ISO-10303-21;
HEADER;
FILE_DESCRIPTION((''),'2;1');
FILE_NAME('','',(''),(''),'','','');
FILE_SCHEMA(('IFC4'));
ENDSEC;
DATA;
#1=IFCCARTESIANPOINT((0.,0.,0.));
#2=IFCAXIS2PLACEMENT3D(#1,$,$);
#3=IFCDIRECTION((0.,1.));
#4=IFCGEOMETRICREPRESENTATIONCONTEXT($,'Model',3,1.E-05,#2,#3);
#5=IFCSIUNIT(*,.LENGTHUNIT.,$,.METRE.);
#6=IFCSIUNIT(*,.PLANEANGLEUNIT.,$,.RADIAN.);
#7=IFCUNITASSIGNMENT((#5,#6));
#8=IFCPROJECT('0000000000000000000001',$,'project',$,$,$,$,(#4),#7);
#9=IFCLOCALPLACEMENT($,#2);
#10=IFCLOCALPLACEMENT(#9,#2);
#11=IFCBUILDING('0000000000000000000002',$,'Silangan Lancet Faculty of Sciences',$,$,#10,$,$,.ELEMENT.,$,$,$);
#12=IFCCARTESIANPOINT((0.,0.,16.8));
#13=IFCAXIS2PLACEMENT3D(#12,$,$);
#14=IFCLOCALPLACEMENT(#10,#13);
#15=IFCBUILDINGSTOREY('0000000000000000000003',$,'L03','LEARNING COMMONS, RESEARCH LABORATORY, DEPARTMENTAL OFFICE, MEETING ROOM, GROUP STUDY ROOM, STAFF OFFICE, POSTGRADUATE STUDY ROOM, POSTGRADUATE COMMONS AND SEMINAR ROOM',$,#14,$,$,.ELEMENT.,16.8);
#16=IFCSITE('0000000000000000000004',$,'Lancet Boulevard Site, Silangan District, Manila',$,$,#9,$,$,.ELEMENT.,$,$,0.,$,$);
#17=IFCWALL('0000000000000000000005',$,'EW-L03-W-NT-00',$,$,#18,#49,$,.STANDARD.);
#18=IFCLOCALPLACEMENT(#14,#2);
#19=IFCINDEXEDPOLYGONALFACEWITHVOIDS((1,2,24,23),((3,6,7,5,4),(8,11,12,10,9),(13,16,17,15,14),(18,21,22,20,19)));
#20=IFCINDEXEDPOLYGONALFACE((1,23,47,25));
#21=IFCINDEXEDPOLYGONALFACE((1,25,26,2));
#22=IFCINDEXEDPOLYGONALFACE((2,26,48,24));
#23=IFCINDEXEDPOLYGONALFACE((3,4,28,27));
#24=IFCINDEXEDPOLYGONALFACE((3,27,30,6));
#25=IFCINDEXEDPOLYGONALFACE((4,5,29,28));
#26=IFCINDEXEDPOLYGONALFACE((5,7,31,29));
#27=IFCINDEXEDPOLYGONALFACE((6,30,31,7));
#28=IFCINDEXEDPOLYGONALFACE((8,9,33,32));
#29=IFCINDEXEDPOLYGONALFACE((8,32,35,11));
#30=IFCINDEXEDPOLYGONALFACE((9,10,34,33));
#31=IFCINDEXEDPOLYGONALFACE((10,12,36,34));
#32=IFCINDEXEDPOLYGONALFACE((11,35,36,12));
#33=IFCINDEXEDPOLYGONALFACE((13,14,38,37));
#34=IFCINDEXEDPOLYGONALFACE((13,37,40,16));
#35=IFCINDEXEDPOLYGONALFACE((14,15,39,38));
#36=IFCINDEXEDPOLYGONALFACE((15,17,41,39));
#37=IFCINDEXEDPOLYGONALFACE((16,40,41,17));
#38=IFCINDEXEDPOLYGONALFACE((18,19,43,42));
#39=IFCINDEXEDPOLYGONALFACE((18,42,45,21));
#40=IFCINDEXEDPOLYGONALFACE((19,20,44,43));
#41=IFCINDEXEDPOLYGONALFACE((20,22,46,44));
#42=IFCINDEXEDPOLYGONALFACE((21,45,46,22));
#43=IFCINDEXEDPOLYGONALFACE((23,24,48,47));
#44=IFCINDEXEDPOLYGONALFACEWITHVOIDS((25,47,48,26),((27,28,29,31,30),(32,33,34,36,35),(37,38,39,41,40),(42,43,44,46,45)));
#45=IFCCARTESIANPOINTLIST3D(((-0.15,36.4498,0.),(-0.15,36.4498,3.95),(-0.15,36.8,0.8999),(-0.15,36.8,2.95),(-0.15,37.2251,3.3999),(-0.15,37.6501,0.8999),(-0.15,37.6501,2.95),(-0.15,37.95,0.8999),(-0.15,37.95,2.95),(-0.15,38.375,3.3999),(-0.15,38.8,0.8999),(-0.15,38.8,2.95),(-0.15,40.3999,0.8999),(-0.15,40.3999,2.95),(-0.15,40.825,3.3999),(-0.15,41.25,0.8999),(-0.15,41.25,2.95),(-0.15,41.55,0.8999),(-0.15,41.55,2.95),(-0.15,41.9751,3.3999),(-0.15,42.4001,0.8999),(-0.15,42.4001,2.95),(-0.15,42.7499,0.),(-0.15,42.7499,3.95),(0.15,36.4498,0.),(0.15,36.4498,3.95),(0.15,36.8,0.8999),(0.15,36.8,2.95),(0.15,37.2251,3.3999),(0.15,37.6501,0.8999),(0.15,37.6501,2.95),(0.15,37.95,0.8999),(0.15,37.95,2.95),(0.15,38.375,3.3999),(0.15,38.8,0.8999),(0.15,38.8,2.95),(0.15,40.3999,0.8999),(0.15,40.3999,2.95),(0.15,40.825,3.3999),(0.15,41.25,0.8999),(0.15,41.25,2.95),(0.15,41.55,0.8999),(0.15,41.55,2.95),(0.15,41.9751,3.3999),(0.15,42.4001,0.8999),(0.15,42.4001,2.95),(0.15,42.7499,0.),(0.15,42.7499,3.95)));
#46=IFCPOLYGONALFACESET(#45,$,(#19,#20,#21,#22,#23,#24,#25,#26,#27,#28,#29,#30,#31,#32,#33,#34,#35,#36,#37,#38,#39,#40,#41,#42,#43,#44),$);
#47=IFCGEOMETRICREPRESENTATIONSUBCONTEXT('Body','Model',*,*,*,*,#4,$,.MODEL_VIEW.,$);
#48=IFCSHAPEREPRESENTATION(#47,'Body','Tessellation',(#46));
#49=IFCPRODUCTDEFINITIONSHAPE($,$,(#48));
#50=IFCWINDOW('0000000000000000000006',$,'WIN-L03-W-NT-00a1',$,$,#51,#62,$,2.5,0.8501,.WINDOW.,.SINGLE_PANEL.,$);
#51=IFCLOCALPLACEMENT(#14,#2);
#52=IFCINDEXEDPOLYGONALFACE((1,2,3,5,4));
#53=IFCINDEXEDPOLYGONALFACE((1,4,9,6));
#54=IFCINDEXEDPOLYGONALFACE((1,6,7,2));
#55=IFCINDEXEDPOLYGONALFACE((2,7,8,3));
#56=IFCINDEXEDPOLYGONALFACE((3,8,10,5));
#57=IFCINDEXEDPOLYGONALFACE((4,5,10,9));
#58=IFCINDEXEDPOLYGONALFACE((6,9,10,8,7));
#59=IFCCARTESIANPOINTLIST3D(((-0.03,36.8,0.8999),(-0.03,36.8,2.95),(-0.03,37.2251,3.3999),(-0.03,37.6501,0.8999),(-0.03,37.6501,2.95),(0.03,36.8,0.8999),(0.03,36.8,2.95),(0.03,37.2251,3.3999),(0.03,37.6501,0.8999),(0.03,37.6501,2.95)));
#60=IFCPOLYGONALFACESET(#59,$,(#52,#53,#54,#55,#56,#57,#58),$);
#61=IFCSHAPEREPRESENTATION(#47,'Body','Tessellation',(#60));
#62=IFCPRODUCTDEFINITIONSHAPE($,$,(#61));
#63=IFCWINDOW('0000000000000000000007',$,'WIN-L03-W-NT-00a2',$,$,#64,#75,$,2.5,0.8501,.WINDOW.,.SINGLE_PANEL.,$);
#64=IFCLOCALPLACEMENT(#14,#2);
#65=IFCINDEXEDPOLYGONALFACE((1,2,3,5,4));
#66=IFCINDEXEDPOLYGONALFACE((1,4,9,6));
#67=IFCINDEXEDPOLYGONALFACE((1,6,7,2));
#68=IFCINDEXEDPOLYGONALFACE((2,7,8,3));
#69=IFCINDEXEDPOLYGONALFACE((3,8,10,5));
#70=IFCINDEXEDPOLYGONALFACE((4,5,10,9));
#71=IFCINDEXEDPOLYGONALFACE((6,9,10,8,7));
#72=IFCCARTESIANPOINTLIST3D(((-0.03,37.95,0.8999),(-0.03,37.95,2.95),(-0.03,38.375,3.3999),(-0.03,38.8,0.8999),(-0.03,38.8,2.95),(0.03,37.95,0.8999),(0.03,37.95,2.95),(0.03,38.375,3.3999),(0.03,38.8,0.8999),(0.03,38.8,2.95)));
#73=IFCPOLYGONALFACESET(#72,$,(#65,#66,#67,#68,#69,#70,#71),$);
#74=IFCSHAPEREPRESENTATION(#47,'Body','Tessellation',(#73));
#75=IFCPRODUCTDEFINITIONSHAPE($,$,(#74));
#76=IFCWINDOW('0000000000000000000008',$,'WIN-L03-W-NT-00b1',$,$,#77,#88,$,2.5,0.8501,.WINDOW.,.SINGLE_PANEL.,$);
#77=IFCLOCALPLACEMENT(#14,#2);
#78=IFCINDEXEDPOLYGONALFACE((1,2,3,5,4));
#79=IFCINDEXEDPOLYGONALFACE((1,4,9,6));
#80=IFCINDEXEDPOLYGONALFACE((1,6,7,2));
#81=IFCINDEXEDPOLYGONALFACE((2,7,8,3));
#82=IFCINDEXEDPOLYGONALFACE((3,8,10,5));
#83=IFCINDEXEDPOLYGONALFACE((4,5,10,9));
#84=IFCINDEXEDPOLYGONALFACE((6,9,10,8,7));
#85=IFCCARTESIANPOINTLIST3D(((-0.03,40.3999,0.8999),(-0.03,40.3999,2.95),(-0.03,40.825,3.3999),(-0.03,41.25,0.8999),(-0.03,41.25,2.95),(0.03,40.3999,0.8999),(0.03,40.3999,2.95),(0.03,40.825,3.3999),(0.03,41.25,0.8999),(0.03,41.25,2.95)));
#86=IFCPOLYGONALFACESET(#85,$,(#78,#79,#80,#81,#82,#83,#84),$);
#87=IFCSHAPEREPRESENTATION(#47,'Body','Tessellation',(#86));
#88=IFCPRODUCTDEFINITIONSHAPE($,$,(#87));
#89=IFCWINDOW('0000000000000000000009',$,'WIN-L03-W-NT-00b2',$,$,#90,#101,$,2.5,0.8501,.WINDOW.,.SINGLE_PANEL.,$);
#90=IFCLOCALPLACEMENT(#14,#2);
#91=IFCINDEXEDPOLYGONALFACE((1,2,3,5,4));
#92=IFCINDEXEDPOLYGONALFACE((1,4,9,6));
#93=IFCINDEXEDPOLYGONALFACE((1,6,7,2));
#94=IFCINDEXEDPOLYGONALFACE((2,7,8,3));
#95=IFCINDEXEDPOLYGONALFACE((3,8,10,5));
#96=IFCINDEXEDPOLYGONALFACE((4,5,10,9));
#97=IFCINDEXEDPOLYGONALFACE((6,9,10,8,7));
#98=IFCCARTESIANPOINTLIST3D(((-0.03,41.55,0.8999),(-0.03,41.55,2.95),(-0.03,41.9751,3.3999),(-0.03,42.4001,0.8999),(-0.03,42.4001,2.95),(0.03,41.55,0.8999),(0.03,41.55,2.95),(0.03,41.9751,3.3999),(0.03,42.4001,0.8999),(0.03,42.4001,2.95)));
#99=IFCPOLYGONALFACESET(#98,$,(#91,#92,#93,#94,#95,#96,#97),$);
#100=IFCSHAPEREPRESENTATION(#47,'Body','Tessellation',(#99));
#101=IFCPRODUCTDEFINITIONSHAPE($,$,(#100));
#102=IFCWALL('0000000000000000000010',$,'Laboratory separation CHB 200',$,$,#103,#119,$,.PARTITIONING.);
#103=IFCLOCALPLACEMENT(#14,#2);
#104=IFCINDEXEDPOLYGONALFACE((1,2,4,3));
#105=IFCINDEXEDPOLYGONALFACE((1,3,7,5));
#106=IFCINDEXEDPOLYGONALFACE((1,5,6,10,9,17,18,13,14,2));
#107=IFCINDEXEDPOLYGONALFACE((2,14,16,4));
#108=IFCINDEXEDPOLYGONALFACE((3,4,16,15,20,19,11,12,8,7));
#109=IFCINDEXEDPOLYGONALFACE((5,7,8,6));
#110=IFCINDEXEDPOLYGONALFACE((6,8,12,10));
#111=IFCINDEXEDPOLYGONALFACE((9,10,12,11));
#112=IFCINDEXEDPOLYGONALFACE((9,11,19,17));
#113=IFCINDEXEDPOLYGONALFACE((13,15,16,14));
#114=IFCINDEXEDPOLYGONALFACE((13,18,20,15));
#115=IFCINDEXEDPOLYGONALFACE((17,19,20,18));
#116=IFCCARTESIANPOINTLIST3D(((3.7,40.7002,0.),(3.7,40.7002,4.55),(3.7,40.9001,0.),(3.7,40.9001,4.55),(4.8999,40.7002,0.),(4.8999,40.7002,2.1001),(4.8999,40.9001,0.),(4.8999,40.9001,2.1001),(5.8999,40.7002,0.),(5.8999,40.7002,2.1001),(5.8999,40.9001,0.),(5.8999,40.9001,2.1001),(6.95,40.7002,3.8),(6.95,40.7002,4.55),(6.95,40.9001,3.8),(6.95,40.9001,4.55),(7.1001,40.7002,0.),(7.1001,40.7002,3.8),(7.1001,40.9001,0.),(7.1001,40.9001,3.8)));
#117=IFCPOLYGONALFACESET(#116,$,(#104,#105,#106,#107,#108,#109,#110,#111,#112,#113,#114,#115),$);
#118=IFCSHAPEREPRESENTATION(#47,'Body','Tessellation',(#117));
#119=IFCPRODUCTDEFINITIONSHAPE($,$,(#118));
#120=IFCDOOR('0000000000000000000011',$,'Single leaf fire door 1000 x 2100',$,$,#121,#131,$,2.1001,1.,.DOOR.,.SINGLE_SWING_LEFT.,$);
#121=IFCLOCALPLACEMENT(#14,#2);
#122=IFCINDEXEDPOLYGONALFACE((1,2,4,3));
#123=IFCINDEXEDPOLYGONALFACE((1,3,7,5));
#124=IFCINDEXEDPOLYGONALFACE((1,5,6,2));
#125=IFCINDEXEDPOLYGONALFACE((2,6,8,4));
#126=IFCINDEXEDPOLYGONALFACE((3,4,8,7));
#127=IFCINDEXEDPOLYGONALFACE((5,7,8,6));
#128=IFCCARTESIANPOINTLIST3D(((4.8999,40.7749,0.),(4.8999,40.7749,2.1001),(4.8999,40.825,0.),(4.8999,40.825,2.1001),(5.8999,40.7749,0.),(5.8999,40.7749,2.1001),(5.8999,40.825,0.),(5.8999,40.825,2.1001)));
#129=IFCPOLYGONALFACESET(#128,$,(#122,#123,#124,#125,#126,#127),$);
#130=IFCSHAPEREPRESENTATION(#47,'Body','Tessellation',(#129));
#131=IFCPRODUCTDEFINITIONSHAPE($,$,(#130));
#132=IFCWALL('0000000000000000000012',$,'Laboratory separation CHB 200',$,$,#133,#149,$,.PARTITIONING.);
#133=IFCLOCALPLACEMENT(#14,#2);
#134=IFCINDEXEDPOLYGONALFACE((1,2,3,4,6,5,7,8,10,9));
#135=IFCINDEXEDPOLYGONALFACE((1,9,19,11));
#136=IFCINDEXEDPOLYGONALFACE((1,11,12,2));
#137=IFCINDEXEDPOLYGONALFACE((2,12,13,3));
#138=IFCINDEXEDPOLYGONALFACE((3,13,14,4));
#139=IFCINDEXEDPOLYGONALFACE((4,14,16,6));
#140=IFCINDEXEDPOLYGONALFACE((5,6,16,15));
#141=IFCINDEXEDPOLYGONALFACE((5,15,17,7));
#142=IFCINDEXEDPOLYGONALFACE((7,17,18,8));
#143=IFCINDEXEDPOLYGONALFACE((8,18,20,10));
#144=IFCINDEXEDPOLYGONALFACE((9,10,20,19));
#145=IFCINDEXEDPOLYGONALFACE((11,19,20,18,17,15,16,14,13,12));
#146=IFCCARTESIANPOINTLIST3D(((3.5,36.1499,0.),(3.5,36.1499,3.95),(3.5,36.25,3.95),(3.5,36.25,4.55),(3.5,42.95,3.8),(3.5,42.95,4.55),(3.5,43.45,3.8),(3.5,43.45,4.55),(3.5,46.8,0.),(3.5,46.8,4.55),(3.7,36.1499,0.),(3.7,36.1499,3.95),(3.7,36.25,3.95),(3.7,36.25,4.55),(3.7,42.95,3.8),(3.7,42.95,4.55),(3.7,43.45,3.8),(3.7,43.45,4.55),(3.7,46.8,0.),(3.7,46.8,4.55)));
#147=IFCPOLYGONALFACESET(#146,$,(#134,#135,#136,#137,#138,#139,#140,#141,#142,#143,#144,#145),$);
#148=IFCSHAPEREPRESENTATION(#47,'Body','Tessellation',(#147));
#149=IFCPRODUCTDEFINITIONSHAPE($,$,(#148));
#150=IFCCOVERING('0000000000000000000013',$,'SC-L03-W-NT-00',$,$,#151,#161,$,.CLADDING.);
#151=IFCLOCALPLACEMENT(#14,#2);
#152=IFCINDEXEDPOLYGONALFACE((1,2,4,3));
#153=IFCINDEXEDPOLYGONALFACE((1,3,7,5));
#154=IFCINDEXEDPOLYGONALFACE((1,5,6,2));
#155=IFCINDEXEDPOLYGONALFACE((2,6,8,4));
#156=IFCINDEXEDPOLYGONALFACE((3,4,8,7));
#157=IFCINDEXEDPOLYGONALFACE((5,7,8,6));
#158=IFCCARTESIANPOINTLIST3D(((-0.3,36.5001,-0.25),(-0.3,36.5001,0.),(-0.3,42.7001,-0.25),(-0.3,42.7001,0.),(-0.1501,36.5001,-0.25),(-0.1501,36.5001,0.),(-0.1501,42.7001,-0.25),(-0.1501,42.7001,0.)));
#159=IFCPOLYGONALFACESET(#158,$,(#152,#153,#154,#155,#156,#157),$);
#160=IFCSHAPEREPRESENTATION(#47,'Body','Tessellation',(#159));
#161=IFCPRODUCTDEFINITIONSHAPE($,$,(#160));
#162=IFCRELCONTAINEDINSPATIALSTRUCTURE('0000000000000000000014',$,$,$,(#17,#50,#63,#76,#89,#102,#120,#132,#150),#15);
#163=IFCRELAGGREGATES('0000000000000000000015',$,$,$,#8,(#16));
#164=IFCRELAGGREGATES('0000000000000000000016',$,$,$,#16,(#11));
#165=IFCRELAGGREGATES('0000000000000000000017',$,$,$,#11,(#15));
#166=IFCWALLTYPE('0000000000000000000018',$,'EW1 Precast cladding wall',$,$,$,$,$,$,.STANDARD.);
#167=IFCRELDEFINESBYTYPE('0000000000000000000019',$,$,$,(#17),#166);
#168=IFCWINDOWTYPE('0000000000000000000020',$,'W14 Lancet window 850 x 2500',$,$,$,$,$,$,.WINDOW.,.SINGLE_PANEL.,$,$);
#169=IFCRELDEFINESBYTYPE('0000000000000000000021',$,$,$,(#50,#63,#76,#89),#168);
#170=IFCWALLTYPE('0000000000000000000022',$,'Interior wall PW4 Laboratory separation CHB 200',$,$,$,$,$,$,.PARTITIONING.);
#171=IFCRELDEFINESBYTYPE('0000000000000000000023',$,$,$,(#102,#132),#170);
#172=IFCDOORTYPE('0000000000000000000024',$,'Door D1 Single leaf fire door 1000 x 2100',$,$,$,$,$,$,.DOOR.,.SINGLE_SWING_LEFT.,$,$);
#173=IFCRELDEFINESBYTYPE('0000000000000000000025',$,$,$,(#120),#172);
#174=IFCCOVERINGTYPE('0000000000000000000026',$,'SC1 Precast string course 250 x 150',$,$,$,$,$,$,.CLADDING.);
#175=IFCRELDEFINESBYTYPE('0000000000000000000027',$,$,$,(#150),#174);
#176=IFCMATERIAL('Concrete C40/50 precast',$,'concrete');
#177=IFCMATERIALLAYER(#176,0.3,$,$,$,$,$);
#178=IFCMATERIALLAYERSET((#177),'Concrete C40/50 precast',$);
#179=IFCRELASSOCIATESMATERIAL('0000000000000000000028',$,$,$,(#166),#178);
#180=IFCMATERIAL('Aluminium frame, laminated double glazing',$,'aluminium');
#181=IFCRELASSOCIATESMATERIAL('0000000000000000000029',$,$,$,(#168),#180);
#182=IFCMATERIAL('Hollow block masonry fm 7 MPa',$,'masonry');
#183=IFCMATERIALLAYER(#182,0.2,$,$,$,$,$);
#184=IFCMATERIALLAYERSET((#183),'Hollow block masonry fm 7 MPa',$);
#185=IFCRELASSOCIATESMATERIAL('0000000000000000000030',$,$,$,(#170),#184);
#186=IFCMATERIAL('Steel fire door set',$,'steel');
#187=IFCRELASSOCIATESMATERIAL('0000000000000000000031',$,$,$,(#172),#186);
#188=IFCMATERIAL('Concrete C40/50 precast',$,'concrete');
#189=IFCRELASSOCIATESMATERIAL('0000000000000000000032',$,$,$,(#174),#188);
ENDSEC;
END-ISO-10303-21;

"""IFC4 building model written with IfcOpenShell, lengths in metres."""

from ifc_helpers import new_model, si_unit, direction, frame, frame_2d, origin, origin_2d, place, context, subcontext, project, spatial, polyline, rectangle, outline, extrude, material, layer, layer_set, type_object, element, fill, save


model = new_model("IFC4")

# Units and contexts
model_context = context("Model", 3, precision=1e-05, world=origin(), true_north=direction((0.0, 1.0)))
body_context = subcontext(model_context, "Body", "Model", "MODEL_VIEW")
ifc_project = project(units=[si_unit("LENGTHUNIT", "METRE"), si_unit("PLANEANGLEUNIT", "RADIAN")], contexts=[model_context])

# Site, building, storey
site_placement = place(None, origin())
site = spatial("IfcSite", under=ifc_project, at=site_placement, Name="Lancet Boulevard Site, Silangan District, Manila", CompositionType="ELEMENT", RefElevation=0.0)
building_placement = place(site_placement, origin())
building = spatial("IfcBuilding", under=site, at=building_placement, Name="Silangan Lancet Faculty of Sciences", CompositionType="ELEMENT")
storey_placement = place(building_placement, frame((0.0, 0.0, 16.8)))
storey = spatial("IfcBuildingStorey", under=building, at=storey_placement, Name="L03", Description="LEARNING COMMONS, RESEARCH LABORATORY, DEPARTMENTAL OFFICE, MEETING ROOM, GROUP STUDY ROOM, STAFF OFFICE, POSTGRADUATE STUDY ROOM, POSTGRADUATE COMMONS AND SEMINAR ROOM", CompositionType="ELEMENT", Elevation=16.8)

# Wall, openings, windows
ifc_material_1 = material(Name="Concrete C40/50 precast", Category="concrete")
ifc_layer_1 = layer(ifc_material_1, 0.3)
ifc_layer_set_1 = layer_set([ifc_layer_1], Name="Concrete C40/50 precast")
wall_type_1 = type_object("IfcWallType", Name="EW1 Precast cladding wall", PredefinedType="STANDARD", material=ifc_layer_set_1)
wall_1_placement = place(storey_placement, frame((0.0, 36.45, 0.0), z_axis=(0.0, 0.0, 1.0), x_axis=(0.0, 1.0, 0.0)))
wall_1 = element("IfcWall", 1, at=wall_1_placement, inside=storey, type_object=wall_type_1, Name="EW-L03-W-NT-00", PredefinedType="STANDARD", context=body_context, shape_type="SweptSolid", body=[
    extrude(rectangle(XDim=6.3, YDim=0.3, at=frame_2d((3.1499, 0.0))), origin(), (0.0, 0.0, 1.0), 3.95),
])
opening_1_placement = place(wall_1_placement, frame((0.3501, 0.0, 0.8999)))
opening_1 = element("IfcOpeningElement", 2, at=opening_1_placement, cuts=wall_1, PredefinedType="OPENING", context=body_context, shape_type="SweptSolid", body=[
    extrude(outline(polyline([(0.0, 0.0), (0.8501, 0.0), (0.8501, 2.05), (0.425, 2.5), (0.0, 2.05), (0.0, 0.0)])), frame((0.0, 0.1599, 0.0), z_axis=(0.0, -1.0, 0.0), x_axis=(1.0, 0.0, 0.0)), (0.0, 0.0, 1.0), 0.3201),
])
opening_2_placement = place(wall_1_placement, frame((1.5, 0.0, 0.8999)))
opening_2 = element("IfcOpeningElement", 3, at=opening_2_placement, cuts=wall_1, PredefinedType="OPENING", context=body_context, shape_type="SweptSolid", body=[
    extrude(outline(polyline([(0.0, 0.0), (0.8501, 0.0), (0.8501, 2.05), (0.425, 2.5), (0.0, 2.05), (0.0, 0.0)])), frame((0.0, 0.1599, 0.0), z_axis=(0.0, -1.0, 0.0), x_axis=(1.0, 0.0, 0.0)), (0.0, 0.0, 1.0), 0.3201),
])
opening_3_placement = place(wall_1_placement, frame((3.95, 0.0, 0.8999)))
opening_3 = element("IfcOpeningElement", 4, at=opening_3_placement, cuts=wall_1, PredefinedType="OPENING", context=body_context, shape_type="SweptSolid", body=[
    extrude(outline(polyline([(0.0, 0.0), (0.8501, 0.0), (0.8501, 2.05), (0.425, 2.5), (0.0, 2.05), (0.0, 0.0)])), frame((0.0, 0.1599, 0.0), z_axis=(0.0, -1.0, 0.0), x_axis=(1.0, 0.0, 0.0)), (0.0, 0.0, 1.0), 0.3201),
])
opening_4_placement = place(wall_1_placement, frame((5.1001, 0.0, 0.8999)))
opening_4 = element("IfcOpeningElement", 5, at=opening_4_placement, cuts=wall_1, PredefinedType="OPENING", context=body_context, shape_type="SweptSolid", body=[
    extrude(outline(polyline([(0.0, 0.0), (0.8501, 0.0), (0.8501, 2.05), (0.425, 2.5), (0.0, 2.05), (0.0, 0.0)])), frame((0.0, 0.1599, 0.0), z_axis=(0.0, -1.0, 0.0), x_axis=(1.0, 0.0, 0.0)), (0.0, 0.0, 1.0), 0.3201),
])
ifc_material_2 = material(Name="Aluminium frame, laminated double glazing", Category="aluminium")
window_type = type_object("IfcWindowType", Name="W14 Lancet window 850 x 2500", PartitioningType="SINGLE_PANEL", PredefinedType="WINDOW", material=ifc_material_2)
window_1_placement = place(opening_1_placement, origin())
window_1 = element("IfcWindow", 6, at=window_1_placement, inside=storey, type_object=window_type, Name="WIN-L03-W-NT-00a1", OverallHeight=2.5, OverallWidth=0.8501, PartitioningType="SINGLE_PANEL", PredefinedType="WINDOW", context=body_context, shape_type="SweptSolid", body=[
    extrude(outline(polyline([(0.0, 0.0), (0.8501, 0.0), (0.8501, 2.05), (0.425, 2.5), (0.0, 2.05), (0.0, 0.0)])), frame((0.0, 0.03, 0.0), z_axis=(0.0, -1.0, 0.0), x_axis=(1.0, 0.0, 0.0)), (0.0, 0.0, 1.0), 0.0601),
])
fill(opening_1, window_1)
window_2_placement = place(opening_2_placement, origin())
window_2 = element("IfcWindow", 7, at=window_2_placement, inside=storey, type_object=window_type, Name="WIN-L03-W-NT-00a2", OverallHeight=2.5, OverallWidth=0.8501, PartitioningType="SINGLE_PANEL", PredefinedType="WINDOW", context=body_context, shape_type="SweptSolid", body=[
    extrude(outline(polyline([(0.0, 0.0), (0.8501, 0.0), (0.8501, 2.05), (0.425, 2.5), (0.0, 2.05), (0.0, 0.0)])), frame((0.0, 0.03, 0.0), z_axis=(0.0, -1.0, 0.0), x_axis=(1.0, 0.0, 0.0)), (0.0, 0.0, 1.0), 0.0601),
])
fill(opening_2, window_2)
window_3_placement = place(opening_3_placement, origin())
window_3 = element("IfcWindow", 8, at=window_3_placement, inside=storey, type_object=window_type, Name="WIN-L03-W-NT-00b1", OverallHeight=2.5, OverallWidth=0.8501, PartitioningType="SINGLE_PANEL", PredefinedType="WINDOW", context=body_context, shape_type="SweptSolid", body=[
    extrude(outline(polyline([(0.0, 0.0), (0.8501, 0.0), (0.8501, 2.05), (0.425, 2.5), (0.0, 2.05), (0.0, 0.0)])), frame((0.0, 0.03, 0.0), z_axis=(0.0, -1.0, 0.0), x_axis=(1.0, 0.0, 0.0)), (0.0, 0.0, 1.0), 0.0601),
])
fill(opening_3, window_3)
window_4_placement = place(opening_4_placement, origin())
window_4 = element("IfcWindow", 9, at=window_4_placement, inside=storey, type_object=window_type, Name="WIN-L03-W-NT-00b2", OverallHeight=2.5, OverallWidth=0.8501, PartitioningType="SINGLE_PANEL", PredefinedType="WINDOW", context=body_context, shape_type="SweptSolid", body=[
    extrude(outline(polyline([(0.0, 0.0), (0.8501, 0.0), (0.8501, 2.05), (0.425, 2.5), (0.0, 2.05), (0.0, 0.0)])), frame((0.0, 0.03, 0.0), z_axis=(0.0, -1.0, 0.0), x_axis=(1.0, 0.0, 0.0)), (0.0, 0.0, 1.0), 0.0601),
])
fill(opening_4, window_4)

# Wall, opening, door
ifc_material_3 = material(Name="Hollow block masonry fm 7 MPa", Category="masonry")
ifc_layer_2 = layer(ifc_material_3, 0.2)
ifc_layer_set_2 = layer_set([ifc_layer_2], Name="Hollow block masonry fm 7 MPa")
wall_type_2 = type_object("IfcWallType", Name="Interior wall PW4 Laboratory separation CHB 200", PredefinedType="PARTITIONING", material=ifc_layer_set_2)
wall_2_placement = place(storey_placement, frame((3.7, 40.8, 0.0), z_axis=(0.0, 0.0, 1.0), x_axis=(1.0, 0.0, 0.0)))
wall_2 = element("IfcWall", 10, at=wall_2_placement, inside=storey, type_object=wall_type_2, Name="Laboratory separation CHB 200", PredefinedType="PARTITIONING", context=body_context, shape_type="SweptSolid", body=[
    extrude(outline(polyline([(0.0, 0.0), (3.4001, 0.0), (3.4001, 3.8), (3.25, 3.8), (3.25, 4.55), (0.0, 4.55), (0.0, 0.0)])), frame((0.0, 0.1001, 0.0), z_axis=(0.0, -1.0, 0.0), x_axis=(1.0, 0.0, 0.0)), (0.0, 0.0, 1.0), 0.2),
])
opening_5_placement = place(wall_2_placement, frame((1.2, 0.0, 0.0)))
opening_5 = element("IfcOpeningElement", 11, at=opening_5_placement, cuts=wall_2, PredefinedType="OPENING", context=body_context, shape_type="SweptSolid", body=[
    extrude(rectangle(XDim=1.0, YDim=2.1001, at=frame_2d((0.5, 1.05))), frame((0.0, 0.1099, 0.0), z_axis=(0.0, -1.0, 0.0), x_axis=(1.0, 0.0, 0.0)), (0.0, 0.0, 1.0), 0.22),
])
ifc_material_4 = material(Name="Steel fire door set", Category="steel")
door_type = type_object("IfcDoorType", Name="Door D1 Single leaf fire door 1000 x 2100", OperationType="SINGLE_SWING_LEFT", PredefinedType="DOOR", material=ifc_material_4)
door_placement = place(opening_5_placement, frame((1.0, 0.0, 0.0), z_axis=(0.0, 0.0, 1.0), x_axis=(-1.0, 0.0, 0.0)))
door = element("IfcDoor", 12, at=door_placement, inside=storey, type_object=door_type, Name="Single leaf fire door 1000 x 2100", OperationType="SINGLE_SWING_LEFT", OverallHeight=2.1001, OverallWidth=1.0, PredefinedType="DOOR", context=body_context, shape_type="SweptSolid", body=[
    extrude(rectangle(XDim=1.0, YDim=2.1001, at=frame_2d((0.5, 1.05))), frame((0.0, 0.0251, 0.0), z_axis=(0.0, -1.0, 0.0), x_axis=(1.0, 0.0, 0.0)), (0.0, 0.0, 1.0), 0.05),
])
fill(opening_5, door)

# Wall
wall_3_placement = place(storey_placement, frame((3.6001, 36.1499, 0.0), z_axis=(0.0, 0.0, 1.0), x_axis=(0.0, 1.0, 0.0)))
element("IfcWall", 13, at=wall_3_placement, inside=storey, type_object=wall_type_2, Name="Laboratory separation CHB 200", PredefinedType="PARTITIONING", context=body_context, shape_type="SweptSolid", body=[
    extrude(outline(polyline([(0.0, 0.0), (10.6501, 0.0), (10.6501, 4.55), (7.3, 4.55), (7.3, 3.8), (6.8, 3.8), (6.8, 4.55), (0.1001, 4.55), (0.1001, 3.95), (0.0, 3.95), (0.0, 0.0)])), frame((0.0, 0.1001, 0.0), z_axis=(0.0, -1.0, 0.0), x_axis=(1.0, 0.0, 0.0)), (0.0, 0.0, 1.0), 0.2),
])

# Covering
ifc_material_5 = material(Name="Concrete C40/50 precast", Category="concrete")
covering_type = type_object("IfcCoveringType", Name="SC1 Precast string course 250 x 150", PredefinedType="CLADDING", material=ifc_material_5)
covering_placement = place(storey_placement, frame((-0.2251, 39.6001, -0.25), z_axis=(0.0, 0.0, 1.0), x_axis=(1.0, 0.0, 0.0)))
element("IfcCovering", 14, at=covering_placement, inside=storey, type_object=covering_type, Name="SC-L03-W-NT-00", PredefinedType="CLADDING", context=body_context, shape_type="SweptSolid", body=[
    extrude(rectangle(XDim=0.1499, YDim=6.2, at=origin_2d()), origin(), (0.0, 0.0, 1.0), 0.25),
])

save(model, "model.ifc")
